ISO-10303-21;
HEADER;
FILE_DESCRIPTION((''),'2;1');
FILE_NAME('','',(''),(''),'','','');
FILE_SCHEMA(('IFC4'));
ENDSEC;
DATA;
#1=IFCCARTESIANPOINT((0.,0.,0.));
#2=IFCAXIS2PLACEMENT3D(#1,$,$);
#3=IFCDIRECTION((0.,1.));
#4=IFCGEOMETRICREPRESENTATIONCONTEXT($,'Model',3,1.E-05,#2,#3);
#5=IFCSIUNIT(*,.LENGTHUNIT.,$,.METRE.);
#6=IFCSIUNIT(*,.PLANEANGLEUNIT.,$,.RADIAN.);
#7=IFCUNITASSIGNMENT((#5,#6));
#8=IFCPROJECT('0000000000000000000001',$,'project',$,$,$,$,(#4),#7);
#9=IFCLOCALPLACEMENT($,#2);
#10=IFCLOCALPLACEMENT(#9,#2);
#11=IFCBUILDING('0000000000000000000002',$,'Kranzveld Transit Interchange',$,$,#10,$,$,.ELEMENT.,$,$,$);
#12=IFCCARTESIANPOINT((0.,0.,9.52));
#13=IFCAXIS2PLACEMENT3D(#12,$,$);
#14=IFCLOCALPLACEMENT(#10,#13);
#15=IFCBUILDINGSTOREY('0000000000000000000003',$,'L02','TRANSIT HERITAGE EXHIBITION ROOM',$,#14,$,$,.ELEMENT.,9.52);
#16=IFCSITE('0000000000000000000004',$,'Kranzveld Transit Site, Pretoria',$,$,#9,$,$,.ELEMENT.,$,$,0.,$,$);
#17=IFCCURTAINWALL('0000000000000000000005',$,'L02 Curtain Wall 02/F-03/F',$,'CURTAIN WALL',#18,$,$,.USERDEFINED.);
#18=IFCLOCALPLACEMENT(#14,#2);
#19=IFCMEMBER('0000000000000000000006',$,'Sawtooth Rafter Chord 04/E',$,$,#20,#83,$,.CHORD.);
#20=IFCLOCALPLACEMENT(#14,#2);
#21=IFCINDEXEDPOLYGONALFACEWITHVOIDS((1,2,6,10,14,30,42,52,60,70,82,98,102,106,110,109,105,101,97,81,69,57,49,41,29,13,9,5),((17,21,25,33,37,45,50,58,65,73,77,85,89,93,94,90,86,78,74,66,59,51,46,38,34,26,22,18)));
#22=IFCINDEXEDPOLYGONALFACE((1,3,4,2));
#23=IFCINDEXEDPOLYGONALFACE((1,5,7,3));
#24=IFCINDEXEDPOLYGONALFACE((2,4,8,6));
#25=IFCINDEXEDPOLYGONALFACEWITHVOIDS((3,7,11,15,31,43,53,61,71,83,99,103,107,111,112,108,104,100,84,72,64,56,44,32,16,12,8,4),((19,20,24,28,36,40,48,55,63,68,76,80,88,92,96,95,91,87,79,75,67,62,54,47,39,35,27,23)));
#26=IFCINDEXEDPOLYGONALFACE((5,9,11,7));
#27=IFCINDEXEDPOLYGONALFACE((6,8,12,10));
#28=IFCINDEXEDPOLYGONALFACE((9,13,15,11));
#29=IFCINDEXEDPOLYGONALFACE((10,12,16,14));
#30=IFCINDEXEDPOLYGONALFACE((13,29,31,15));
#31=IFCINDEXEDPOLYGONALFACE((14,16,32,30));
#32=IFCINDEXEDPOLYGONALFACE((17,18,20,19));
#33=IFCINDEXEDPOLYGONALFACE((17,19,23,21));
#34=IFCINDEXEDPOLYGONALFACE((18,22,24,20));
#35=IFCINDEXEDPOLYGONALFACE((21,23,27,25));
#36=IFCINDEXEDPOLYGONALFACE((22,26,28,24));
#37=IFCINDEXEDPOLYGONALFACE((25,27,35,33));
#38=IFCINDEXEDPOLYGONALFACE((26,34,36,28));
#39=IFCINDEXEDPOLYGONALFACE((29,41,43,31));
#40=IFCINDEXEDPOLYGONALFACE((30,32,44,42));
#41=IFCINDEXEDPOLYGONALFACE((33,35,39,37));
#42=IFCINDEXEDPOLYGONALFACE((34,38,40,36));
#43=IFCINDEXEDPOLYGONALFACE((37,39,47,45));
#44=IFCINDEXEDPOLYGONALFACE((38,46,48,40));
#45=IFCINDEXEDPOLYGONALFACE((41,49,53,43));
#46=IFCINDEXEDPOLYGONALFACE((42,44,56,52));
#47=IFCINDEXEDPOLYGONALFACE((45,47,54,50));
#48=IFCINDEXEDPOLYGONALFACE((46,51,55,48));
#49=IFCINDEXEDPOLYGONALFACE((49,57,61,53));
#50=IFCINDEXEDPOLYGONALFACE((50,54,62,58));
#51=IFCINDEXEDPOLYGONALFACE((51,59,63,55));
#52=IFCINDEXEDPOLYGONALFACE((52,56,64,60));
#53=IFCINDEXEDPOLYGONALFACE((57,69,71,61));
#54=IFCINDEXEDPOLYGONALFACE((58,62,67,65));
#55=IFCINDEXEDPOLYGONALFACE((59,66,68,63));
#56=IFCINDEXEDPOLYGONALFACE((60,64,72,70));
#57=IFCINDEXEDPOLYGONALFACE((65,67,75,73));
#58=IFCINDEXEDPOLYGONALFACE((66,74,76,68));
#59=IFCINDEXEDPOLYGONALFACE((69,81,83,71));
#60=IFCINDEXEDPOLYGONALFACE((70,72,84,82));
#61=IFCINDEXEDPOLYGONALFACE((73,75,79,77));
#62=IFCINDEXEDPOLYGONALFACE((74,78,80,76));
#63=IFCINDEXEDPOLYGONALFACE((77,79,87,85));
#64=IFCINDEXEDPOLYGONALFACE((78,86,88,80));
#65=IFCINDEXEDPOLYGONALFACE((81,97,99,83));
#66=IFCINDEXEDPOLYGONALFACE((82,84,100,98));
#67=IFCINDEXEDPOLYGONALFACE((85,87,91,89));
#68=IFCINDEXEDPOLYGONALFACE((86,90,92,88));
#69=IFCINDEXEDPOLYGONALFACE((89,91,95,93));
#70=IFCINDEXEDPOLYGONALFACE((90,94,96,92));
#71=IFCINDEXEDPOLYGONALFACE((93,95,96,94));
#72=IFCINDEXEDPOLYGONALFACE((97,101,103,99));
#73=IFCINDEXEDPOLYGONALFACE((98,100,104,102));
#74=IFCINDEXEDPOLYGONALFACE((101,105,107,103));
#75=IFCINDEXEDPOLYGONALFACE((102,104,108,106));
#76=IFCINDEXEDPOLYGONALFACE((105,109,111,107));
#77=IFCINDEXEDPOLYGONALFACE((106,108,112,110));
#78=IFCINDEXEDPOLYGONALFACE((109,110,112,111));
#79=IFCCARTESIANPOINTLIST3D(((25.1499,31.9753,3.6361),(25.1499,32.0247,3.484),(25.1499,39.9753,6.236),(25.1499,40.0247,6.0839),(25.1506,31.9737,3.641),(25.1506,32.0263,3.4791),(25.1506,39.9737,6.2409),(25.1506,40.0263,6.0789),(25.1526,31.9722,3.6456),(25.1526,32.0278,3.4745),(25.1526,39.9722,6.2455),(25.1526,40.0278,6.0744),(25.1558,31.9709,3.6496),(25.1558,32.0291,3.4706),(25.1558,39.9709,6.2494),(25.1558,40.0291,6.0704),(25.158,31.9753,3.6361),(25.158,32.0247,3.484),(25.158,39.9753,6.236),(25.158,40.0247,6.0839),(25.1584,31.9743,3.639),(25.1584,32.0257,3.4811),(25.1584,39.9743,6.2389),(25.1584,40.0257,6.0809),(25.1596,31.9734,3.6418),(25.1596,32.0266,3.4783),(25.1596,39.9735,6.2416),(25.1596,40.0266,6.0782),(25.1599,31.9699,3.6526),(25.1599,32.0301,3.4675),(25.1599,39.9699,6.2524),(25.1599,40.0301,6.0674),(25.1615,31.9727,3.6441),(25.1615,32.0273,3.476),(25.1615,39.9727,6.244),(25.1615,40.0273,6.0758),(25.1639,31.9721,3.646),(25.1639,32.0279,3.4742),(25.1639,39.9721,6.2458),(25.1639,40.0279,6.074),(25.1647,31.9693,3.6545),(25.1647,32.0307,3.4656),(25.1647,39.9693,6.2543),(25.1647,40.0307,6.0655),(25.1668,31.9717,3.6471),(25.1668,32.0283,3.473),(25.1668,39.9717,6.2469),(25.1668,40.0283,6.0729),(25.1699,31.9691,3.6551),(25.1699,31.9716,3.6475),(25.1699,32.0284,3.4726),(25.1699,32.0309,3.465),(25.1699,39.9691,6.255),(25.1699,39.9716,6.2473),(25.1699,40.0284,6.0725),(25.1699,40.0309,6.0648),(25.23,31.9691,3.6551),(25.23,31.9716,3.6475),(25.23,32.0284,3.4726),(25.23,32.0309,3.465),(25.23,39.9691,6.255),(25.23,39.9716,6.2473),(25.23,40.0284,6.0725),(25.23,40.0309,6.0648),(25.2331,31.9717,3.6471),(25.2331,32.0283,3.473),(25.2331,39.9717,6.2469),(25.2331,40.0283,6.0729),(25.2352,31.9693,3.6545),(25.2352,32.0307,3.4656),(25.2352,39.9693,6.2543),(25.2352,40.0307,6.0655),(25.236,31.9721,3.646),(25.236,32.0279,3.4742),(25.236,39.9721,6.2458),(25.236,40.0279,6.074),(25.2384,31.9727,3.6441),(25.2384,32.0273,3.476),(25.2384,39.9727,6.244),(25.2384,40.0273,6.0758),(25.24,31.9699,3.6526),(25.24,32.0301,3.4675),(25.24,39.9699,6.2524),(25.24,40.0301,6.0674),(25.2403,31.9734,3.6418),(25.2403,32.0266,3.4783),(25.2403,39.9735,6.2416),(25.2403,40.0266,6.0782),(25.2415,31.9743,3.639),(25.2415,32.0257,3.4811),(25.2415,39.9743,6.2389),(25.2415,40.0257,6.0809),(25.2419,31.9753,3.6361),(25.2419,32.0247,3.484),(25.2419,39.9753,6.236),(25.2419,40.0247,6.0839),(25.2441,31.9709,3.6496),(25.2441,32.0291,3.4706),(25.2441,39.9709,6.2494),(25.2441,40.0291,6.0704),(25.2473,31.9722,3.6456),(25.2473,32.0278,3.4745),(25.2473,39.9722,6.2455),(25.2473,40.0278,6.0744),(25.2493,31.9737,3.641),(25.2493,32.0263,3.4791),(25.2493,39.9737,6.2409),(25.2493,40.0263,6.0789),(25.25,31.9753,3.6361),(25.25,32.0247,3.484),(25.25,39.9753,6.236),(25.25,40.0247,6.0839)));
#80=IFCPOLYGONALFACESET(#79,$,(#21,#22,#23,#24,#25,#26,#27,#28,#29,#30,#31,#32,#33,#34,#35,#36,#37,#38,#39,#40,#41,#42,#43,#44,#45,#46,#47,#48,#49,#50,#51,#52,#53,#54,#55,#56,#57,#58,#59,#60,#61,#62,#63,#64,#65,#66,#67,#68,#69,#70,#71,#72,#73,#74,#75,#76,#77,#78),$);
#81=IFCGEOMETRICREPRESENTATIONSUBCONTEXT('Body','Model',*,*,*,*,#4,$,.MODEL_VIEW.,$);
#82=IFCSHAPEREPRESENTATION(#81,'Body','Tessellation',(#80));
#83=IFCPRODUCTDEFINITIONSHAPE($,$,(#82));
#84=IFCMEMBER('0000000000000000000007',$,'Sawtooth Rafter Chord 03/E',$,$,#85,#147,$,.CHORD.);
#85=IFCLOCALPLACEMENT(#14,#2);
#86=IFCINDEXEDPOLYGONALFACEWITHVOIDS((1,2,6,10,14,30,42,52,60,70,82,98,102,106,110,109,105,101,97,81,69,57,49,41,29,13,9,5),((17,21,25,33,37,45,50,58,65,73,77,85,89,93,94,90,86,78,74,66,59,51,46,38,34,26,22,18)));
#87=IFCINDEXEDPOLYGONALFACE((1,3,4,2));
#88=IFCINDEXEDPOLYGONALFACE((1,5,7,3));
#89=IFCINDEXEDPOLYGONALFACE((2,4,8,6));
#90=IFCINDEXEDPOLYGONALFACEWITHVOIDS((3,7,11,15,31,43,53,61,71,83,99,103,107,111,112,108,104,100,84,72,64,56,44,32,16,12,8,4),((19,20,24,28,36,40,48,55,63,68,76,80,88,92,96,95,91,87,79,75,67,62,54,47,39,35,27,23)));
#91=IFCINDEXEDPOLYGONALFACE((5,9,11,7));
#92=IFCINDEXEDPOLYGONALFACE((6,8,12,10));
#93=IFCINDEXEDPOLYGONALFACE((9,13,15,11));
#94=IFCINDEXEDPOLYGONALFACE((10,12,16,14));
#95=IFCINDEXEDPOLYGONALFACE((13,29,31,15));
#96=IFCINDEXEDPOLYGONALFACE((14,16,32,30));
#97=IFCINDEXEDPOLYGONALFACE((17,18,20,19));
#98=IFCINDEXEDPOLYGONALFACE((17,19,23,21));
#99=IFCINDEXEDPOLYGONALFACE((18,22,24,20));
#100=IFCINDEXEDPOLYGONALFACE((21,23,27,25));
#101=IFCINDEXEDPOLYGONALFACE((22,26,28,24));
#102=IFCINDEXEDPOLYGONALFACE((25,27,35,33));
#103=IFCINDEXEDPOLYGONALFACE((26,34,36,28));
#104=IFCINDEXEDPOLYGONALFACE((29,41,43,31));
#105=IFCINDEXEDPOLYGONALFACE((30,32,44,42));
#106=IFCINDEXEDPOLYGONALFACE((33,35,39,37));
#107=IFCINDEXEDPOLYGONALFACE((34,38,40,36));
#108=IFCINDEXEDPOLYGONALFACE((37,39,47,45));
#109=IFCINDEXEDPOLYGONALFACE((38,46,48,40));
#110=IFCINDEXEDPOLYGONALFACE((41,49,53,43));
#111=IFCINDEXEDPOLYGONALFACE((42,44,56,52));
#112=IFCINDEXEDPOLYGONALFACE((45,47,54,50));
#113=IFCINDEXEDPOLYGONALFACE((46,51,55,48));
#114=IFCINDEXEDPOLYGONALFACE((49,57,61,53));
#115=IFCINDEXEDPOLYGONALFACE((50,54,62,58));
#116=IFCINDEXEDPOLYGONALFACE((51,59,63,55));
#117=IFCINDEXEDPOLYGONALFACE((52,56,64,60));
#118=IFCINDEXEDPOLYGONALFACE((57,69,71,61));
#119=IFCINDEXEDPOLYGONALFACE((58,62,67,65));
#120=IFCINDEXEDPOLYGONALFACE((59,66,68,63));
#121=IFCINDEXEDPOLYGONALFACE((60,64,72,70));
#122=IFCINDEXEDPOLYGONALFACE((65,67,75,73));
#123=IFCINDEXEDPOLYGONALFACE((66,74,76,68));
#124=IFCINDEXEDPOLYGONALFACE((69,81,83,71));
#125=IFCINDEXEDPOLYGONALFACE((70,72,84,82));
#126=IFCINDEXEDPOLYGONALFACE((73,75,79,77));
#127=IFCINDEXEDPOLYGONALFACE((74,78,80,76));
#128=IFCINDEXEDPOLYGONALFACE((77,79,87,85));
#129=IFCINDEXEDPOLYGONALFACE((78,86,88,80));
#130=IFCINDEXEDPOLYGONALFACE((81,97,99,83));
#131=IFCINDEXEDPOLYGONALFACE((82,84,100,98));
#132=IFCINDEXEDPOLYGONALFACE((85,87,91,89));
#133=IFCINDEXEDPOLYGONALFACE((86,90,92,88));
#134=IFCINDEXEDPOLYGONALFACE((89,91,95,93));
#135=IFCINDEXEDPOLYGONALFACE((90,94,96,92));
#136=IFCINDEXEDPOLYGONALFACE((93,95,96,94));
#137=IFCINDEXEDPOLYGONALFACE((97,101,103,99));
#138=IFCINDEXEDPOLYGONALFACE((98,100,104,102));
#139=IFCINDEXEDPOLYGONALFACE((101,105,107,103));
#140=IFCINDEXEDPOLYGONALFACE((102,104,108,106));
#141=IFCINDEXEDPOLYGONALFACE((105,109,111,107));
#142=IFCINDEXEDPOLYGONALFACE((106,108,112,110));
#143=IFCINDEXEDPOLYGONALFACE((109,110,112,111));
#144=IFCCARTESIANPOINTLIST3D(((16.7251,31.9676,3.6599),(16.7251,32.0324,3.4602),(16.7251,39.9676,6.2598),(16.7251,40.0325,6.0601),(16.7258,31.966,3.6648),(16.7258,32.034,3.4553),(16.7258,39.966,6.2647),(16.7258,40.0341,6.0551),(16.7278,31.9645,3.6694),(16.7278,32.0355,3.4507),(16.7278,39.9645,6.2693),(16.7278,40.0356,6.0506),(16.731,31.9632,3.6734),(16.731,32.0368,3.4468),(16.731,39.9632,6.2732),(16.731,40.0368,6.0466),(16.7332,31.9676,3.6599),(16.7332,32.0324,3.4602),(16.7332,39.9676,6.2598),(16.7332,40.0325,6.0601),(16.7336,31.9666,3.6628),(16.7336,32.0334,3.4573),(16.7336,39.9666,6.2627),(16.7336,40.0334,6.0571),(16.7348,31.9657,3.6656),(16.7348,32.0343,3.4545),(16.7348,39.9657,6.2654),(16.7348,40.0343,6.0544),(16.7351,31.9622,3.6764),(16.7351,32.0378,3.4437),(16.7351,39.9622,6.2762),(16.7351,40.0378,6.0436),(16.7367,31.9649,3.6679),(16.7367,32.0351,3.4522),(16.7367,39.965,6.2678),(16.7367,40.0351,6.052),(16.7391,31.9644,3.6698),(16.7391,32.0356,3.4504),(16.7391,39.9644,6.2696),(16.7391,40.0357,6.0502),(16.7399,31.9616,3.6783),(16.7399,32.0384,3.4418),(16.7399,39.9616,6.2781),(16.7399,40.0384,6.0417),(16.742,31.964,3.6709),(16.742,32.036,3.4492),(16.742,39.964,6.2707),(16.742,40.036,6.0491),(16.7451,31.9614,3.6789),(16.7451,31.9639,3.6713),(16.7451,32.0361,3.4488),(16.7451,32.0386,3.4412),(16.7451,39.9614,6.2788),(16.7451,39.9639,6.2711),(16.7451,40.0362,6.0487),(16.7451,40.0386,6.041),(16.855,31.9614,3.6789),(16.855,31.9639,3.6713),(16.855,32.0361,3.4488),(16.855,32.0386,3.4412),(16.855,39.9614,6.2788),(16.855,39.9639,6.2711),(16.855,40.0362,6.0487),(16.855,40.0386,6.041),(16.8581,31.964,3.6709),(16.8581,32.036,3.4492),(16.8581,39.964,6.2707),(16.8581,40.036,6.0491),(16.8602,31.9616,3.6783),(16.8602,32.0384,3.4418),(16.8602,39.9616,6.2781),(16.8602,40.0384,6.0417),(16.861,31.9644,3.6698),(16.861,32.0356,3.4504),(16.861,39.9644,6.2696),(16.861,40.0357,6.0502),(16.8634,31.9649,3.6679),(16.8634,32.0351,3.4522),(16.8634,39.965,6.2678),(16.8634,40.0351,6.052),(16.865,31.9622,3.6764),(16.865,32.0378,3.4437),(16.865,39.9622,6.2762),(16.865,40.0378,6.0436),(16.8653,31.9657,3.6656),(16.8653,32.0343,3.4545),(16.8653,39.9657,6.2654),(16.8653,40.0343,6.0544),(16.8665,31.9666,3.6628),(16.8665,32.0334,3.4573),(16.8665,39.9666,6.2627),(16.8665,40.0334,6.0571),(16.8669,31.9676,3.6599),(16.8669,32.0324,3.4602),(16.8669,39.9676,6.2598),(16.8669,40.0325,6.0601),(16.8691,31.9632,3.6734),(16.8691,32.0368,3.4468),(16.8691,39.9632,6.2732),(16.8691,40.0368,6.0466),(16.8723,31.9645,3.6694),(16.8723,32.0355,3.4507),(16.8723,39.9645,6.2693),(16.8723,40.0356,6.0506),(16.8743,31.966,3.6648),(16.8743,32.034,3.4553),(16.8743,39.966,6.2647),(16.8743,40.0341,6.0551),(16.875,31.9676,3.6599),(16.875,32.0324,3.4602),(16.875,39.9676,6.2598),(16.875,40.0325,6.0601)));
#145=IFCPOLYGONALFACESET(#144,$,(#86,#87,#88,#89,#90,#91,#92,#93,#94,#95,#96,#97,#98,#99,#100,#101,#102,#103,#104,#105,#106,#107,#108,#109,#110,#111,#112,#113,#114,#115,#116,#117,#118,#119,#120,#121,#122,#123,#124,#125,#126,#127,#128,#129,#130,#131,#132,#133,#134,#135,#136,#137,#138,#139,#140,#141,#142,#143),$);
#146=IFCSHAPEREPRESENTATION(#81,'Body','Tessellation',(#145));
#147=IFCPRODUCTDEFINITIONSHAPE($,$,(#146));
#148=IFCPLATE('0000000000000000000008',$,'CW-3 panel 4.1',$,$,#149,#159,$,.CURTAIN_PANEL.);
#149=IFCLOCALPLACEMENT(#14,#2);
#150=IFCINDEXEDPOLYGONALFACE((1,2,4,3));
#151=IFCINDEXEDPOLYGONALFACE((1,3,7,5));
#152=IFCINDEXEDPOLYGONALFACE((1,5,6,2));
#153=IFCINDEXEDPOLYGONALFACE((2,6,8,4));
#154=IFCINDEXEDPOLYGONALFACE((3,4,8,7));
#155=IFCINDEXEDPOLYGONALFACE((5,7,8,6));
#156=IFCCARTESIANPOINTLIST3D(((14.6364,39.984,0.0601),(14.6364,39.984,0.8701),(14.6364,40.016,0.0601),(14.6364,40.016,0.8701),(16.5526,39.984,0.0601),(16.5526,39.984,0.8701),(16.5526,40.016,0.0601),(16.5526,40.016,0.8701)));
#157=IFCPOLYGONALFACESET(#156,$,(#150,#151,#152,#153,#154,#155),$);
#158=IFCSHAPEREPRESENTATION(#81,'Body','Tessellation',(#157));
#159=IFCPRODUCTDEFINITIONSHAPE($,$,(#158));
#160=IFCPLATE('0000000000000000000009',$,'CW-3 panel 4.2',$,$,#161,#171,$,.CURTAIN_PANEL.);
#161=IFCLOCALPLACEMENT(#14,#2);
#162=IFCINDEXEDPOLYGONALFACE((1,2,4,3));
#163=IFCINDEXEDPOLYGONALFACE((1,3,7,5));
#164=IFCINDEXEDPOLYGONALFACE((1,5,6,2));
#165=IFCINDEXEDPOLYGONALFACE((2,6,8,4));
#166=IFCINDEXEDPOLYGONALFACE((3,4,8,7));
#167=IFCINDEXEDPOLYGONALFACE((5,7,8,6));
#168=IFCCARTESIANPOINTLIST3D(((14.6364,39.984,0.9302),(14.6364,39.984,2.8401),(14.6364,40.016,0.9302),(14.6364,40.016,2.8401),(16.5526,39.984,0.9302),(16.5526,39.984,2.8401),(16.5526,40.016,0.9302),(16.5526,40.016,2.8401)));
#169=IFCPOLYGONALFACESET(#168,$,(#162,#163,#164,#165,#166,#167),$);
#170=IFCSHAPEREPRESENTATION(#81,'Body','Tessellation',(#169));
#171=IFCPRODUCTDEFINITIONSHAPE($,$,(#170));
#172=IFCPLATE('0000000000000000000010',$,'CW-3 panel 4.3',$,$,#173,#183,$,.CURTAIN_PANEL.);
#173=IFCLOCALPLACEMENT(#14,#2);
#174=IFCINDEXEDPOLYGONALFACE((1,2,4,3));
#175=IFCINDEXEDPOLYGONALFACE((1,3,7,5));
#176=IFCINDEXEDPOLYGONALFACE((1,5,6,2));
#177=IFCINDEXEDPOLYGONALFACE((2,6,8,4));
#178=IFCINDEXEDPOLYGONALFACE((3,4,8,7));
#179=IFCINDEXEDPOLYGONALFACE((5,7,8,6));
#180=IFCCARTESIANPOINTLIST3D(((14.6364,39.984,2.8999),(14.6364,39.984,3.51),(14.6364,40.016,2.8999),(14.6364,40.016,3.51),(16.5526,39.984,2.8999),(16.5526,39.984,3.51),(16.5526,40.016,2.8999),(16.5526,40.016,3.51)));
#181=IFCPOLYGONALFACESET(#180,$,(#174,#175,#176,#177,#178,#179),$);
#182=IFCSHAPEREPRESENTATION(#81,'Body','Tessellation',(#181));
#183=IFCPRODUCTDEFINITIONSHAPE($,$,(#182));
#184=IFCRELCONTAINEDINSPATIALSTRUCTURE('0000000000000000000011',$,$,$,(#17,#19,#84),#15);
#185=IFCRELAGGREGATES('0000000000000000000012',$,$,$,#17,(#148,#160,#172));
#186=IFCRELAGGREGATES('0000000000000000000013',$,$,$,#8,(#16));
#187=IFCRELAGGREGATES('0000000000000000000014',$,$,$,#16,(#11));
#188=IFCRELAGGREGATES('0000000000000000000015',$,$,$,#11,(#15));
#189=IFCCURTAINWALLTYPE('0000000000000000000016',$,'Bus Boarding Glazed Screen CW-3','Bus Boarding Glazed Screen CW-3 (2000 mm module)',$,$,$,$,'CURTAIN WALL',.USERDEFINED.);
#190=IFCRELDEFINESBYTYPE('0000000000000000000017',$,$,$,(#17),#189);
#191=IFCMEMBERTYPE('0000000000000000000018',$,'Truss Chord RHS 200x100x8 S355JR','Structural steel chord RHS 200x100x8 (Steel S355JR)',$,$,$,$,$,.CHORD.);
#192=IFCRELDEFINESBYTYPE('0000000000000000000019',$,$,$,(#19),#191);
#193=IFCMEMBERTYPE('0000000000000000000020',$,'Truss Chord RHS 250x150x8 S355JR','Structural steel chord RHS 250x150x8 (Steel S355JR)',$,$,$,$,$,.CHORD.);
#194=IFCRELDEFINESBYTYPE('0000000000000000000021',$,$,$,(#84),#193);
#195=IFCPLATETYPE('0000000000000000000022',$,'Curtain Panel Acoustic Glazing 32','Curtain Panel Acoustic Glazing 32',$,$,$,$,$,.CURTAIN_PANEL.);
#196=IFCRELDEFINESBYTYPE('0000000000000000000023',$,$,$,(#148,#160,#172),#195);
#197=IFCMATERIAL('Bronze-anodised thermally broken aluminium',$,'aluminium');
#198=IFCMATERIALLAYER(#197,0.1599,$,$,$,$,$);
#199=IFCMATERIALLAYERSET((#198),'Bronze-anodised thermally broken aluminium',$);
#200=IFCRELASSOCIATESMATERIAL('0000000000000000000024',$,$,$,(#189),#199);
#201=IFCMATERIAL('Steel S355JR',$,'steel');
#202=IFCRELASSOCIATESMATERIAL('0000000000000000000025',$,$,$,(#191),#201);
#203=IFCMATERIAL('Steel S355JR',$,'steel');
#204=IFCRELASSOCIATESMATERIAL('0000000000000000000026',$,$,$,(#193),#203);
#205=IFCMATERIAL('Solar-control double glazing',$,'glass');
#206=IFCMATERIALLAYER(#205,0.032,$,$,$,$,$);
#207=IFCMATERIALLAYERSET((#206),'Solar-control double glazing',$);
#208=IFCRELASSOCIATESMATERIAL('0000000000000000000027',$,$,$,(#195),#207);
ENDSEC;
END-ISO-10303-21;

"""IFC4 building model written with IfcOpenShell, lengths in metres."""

from ifc_helpers import new_model, si_unit, direction, frame, origin, origin_2d, place, context, subcontext, project, spatial, rectangle, hollow_rectangle, extrude, material, layer, layer_set, material_profile, profile_set, type_object, element, aggregate, save


model = new_model("IFC4")

# Units and contexts
model_context = context("Model", 3, precision=1e-05, world=origin(), true_north=direction((0.0, 1.0)))
body_context = subcontext(model_context, "Body", "Model", "MODEL_VIEW")
ifc_project = project(units=[si_unit("LENGTHUNIT", "METRE"), si_unit("PLANEANGLEUNIT", "RADIAN")], contexts=[model_context])

# Site, building, storey
site_placement = place(None, origin())
site = spatial("IfcSite", under=ifc_project, at=site_placement, Name="Kranzveld Transit Site, Pretoria", CompositionType="ELEMENT", RefElevation=0.0)
building_placement = place(site_placement, origin())
building = spatial("IfcBuilding", under=site, at=building_placement, Name="Kranzveld Transit Interchange", CompositionType="ELEMENT")
storey_placement = place(building_placement, frame((0.0, 0.0, 9.52)))
storey = spatial("IfcBuildingStorey", under=building, at=storey_placement, Name="L02", Description="TRANSIT HERITAGE EXHIBITION ROOM", CompositionType="ELEMENT", Elevation=9.52)

# Curtain wall
ifc_material_1 = material(Name="Bronze-anodised thermally broken aluminium", Category="aluminium")
ifc_layer_1 = layer(ifc_material_1, 0.1599)
ifc_layer_set_1 = layer_set([ifc_layer_1], Name="Bronze-anodised thermally broken aluminium")
curtain_wall_type_1 = type_object("IfcCurtainWallType", Name="Bus Boarding Glazed Screen CW-3", Description="Bus Boarding Glazed Screen CW-3 (2000 mm module)", ElementType="CURTAIN WALL", PredefinedType="USERDEFINED", material=ifc_layer_set_1)
curtain_wall_1_placement = place(storey_placement, origin())
curtain_wall_1 = element("IfcCurtainWall", 1, at=curtain_wall_1_placement, inside=storey, type_object=curtain_wall_type_1, Name="L02 Curtain Wall 02/F-03/F", ObjectType="CURTAIN WALL", PredefinedType="USERDEFINED")

# Members
ifc_material_2 = material(Name="Steel S355JR", Category="steel")
ifc_material_profile_1 = material_profile(ifc_material_2, hollow_rectangle(XDim=0.1001, YDim=0.2, WallThickness=0.0081, InnerFilletRadius=0.012, OuterFilletRadius=0.02, at=origin_2d()), Name="RHS 200x100x8")
ifc_profile_set_1 = profile_set([ifc_material_profile_1], Name="Steel S355JR")
member_type_1 = type_object("IfcMemberType", Name="Truss Chord RHS 200x100x8 S355JR", Description="Structural steel chord RHS 200x100x8 (Steel S355JR)", PredefinedType="CHORD", material=ifc_profile_set_1)
member_1_placement = place(storey_placement, frame((25.2, 32.0, 3.5601), z_axis=(0.0, 0.951039, 0.30907), x_axis=(-1.0, 0.0, 0.0)))
element("IfcMember", 2, at=member_1_placement, inside=storey, type_object=member_type_1, Name="Sawtooth Rafter Chord 04/E", PredefinedType="CHORD", context=body_context, shape_type="SweptSolid", body=[
    extrude(hollow_rectangle(XDim=0.1001, YDim=0.2, WallThickness=0.0081, InnerFilletRadius=0.012, OuterFilletRadius=0.02, at=origin_2d()), origin(), (0.0, 0.0, 1.0), 8.4119),
])
ifc_material_3 = material(Name="Steel S355JR", Category="steel")
ifc_material_profile_2 = material_profile(ifc_material_3, hollow_rectangle(XDim=0.1499, YDim=0.25, WallThickness=0.0081, InnerFilletRadius=0.012, OuterFilletRadius=0.02, at=origin_2d()), Name="RHS 250x150x8")
ifc_profile_set_2 = profile_set([ifc_material_profile_2], Name="Steel S355JR")
member_type_2 = type_object("IfcMemberType", Name="Truss Chord RHS 250x150x8 S355JR", Description="Structural steel chord RHS 250x150x8 (Steel S355JR)", PredefinedType="CHORD", material=ifc_profile_set_2)
member_2_placement = place(storey_placement, frame((16.8, 32.0, 3.5601), z_axis=(0.0, 0.951039, 0.30907), x_axis=(-1.0, 0.0, 0.0)))
element("IfcMember", 3, at=member_2_placement, inside=storey, type_object=member_type_2, Name="Sawtooth Rafter Chord 03/E", PredefinedType="CHORD", context=body_context, shape_type="SweptSolid", body=[
    extrude(hollow_rectangle(XDim=0.1499, YDim=0.25, WallThickness=0.0081, InnerFilletRadius=0.012, OuterFilletRadius=0.02, at=origin_2d()), origin(), (0.0, 0.0, 1.0), 8.4119),
])

# Plates
ifc_material_4 = material(Name="Solar-control double glazing", Category="glass")
ifc_layer_2 = layer(ifc_material_4, 0.032)
ifc_layer_set_2 = layer_set([ifc_layer_2], Name="Solar-control double glazing")
plate_type = type_object("IfcPlateType", Name="Curtain Panel Acoustic Glazing 32", Description="Curtain Panel Acoustic Glazing 32", PredefinedType="CURTAIN_PANEL", material=ifc_layer_set_2)
plate_1_placement = place(storey_placement, frame((15.5945, 40.0, 0.0601), z_axis=(0.0, 0.0, 1.0), x_axis=(1.0, 0.0, 0.0)))
plate_1 = element("IfcPlate", 4, at=plate_1_placement, type_object=plate_type, Name="CW-3 panel 4.1", PredefinedType="CURTAIN_PANEL", context=body_context, shape_type="SweptSolid", body=[
    extrude(rectangle(XDim=1.9163, YDim=0.032, at=origin_2d()), origin(), (0.0, 0.0, 1.0), 0.8101),
])
plate_2_placement = place(storey_placement, frame((15.5945, 40.0, 0.9302), z_axis=(0.0, 0.0, 1.0), x_axis=(1.0, 0.0, 0.0)))
plate_2 = element("IfcPlate", 5, at=plate_2_placement, type_object=plate_type, Name="CW-3 panel 4.2", PredefinedType="CURTAIN_PANEL", context=body_context, shape_type="SweptSolid", body=[
    extrude(rectangle(XDim=1.9163, YDim=0.032, at=origin_2d()), origin(), (0.0, 0.0, 1.0), 1.9099),
])
plate_3_placement = place(storey_placement, frame((15.5945, 40.0, 2.8999), z_axis=(0.0, 0.0, 1.0), x_axis=(1.0, 0.0, 0.0)))
plate_3 = element("IfcPlate", 6, at=plate_3_placement, type_object=plate_type, Name="CW-3 panel 4.3", PredefinedType="CURTAIN_PANEL", context=body_context, shape_type="SweptSolid", body=[
    extrude(rectangle(XDim=1.9163, YDim=0.032, at=origin_2d()), origin(), (0.0, 0.0, 1.0), 0.6101),
])
aggregate(curtain_wall_1, [plate_1, plate_2, plate_3])

save(model, "model.ifc")
